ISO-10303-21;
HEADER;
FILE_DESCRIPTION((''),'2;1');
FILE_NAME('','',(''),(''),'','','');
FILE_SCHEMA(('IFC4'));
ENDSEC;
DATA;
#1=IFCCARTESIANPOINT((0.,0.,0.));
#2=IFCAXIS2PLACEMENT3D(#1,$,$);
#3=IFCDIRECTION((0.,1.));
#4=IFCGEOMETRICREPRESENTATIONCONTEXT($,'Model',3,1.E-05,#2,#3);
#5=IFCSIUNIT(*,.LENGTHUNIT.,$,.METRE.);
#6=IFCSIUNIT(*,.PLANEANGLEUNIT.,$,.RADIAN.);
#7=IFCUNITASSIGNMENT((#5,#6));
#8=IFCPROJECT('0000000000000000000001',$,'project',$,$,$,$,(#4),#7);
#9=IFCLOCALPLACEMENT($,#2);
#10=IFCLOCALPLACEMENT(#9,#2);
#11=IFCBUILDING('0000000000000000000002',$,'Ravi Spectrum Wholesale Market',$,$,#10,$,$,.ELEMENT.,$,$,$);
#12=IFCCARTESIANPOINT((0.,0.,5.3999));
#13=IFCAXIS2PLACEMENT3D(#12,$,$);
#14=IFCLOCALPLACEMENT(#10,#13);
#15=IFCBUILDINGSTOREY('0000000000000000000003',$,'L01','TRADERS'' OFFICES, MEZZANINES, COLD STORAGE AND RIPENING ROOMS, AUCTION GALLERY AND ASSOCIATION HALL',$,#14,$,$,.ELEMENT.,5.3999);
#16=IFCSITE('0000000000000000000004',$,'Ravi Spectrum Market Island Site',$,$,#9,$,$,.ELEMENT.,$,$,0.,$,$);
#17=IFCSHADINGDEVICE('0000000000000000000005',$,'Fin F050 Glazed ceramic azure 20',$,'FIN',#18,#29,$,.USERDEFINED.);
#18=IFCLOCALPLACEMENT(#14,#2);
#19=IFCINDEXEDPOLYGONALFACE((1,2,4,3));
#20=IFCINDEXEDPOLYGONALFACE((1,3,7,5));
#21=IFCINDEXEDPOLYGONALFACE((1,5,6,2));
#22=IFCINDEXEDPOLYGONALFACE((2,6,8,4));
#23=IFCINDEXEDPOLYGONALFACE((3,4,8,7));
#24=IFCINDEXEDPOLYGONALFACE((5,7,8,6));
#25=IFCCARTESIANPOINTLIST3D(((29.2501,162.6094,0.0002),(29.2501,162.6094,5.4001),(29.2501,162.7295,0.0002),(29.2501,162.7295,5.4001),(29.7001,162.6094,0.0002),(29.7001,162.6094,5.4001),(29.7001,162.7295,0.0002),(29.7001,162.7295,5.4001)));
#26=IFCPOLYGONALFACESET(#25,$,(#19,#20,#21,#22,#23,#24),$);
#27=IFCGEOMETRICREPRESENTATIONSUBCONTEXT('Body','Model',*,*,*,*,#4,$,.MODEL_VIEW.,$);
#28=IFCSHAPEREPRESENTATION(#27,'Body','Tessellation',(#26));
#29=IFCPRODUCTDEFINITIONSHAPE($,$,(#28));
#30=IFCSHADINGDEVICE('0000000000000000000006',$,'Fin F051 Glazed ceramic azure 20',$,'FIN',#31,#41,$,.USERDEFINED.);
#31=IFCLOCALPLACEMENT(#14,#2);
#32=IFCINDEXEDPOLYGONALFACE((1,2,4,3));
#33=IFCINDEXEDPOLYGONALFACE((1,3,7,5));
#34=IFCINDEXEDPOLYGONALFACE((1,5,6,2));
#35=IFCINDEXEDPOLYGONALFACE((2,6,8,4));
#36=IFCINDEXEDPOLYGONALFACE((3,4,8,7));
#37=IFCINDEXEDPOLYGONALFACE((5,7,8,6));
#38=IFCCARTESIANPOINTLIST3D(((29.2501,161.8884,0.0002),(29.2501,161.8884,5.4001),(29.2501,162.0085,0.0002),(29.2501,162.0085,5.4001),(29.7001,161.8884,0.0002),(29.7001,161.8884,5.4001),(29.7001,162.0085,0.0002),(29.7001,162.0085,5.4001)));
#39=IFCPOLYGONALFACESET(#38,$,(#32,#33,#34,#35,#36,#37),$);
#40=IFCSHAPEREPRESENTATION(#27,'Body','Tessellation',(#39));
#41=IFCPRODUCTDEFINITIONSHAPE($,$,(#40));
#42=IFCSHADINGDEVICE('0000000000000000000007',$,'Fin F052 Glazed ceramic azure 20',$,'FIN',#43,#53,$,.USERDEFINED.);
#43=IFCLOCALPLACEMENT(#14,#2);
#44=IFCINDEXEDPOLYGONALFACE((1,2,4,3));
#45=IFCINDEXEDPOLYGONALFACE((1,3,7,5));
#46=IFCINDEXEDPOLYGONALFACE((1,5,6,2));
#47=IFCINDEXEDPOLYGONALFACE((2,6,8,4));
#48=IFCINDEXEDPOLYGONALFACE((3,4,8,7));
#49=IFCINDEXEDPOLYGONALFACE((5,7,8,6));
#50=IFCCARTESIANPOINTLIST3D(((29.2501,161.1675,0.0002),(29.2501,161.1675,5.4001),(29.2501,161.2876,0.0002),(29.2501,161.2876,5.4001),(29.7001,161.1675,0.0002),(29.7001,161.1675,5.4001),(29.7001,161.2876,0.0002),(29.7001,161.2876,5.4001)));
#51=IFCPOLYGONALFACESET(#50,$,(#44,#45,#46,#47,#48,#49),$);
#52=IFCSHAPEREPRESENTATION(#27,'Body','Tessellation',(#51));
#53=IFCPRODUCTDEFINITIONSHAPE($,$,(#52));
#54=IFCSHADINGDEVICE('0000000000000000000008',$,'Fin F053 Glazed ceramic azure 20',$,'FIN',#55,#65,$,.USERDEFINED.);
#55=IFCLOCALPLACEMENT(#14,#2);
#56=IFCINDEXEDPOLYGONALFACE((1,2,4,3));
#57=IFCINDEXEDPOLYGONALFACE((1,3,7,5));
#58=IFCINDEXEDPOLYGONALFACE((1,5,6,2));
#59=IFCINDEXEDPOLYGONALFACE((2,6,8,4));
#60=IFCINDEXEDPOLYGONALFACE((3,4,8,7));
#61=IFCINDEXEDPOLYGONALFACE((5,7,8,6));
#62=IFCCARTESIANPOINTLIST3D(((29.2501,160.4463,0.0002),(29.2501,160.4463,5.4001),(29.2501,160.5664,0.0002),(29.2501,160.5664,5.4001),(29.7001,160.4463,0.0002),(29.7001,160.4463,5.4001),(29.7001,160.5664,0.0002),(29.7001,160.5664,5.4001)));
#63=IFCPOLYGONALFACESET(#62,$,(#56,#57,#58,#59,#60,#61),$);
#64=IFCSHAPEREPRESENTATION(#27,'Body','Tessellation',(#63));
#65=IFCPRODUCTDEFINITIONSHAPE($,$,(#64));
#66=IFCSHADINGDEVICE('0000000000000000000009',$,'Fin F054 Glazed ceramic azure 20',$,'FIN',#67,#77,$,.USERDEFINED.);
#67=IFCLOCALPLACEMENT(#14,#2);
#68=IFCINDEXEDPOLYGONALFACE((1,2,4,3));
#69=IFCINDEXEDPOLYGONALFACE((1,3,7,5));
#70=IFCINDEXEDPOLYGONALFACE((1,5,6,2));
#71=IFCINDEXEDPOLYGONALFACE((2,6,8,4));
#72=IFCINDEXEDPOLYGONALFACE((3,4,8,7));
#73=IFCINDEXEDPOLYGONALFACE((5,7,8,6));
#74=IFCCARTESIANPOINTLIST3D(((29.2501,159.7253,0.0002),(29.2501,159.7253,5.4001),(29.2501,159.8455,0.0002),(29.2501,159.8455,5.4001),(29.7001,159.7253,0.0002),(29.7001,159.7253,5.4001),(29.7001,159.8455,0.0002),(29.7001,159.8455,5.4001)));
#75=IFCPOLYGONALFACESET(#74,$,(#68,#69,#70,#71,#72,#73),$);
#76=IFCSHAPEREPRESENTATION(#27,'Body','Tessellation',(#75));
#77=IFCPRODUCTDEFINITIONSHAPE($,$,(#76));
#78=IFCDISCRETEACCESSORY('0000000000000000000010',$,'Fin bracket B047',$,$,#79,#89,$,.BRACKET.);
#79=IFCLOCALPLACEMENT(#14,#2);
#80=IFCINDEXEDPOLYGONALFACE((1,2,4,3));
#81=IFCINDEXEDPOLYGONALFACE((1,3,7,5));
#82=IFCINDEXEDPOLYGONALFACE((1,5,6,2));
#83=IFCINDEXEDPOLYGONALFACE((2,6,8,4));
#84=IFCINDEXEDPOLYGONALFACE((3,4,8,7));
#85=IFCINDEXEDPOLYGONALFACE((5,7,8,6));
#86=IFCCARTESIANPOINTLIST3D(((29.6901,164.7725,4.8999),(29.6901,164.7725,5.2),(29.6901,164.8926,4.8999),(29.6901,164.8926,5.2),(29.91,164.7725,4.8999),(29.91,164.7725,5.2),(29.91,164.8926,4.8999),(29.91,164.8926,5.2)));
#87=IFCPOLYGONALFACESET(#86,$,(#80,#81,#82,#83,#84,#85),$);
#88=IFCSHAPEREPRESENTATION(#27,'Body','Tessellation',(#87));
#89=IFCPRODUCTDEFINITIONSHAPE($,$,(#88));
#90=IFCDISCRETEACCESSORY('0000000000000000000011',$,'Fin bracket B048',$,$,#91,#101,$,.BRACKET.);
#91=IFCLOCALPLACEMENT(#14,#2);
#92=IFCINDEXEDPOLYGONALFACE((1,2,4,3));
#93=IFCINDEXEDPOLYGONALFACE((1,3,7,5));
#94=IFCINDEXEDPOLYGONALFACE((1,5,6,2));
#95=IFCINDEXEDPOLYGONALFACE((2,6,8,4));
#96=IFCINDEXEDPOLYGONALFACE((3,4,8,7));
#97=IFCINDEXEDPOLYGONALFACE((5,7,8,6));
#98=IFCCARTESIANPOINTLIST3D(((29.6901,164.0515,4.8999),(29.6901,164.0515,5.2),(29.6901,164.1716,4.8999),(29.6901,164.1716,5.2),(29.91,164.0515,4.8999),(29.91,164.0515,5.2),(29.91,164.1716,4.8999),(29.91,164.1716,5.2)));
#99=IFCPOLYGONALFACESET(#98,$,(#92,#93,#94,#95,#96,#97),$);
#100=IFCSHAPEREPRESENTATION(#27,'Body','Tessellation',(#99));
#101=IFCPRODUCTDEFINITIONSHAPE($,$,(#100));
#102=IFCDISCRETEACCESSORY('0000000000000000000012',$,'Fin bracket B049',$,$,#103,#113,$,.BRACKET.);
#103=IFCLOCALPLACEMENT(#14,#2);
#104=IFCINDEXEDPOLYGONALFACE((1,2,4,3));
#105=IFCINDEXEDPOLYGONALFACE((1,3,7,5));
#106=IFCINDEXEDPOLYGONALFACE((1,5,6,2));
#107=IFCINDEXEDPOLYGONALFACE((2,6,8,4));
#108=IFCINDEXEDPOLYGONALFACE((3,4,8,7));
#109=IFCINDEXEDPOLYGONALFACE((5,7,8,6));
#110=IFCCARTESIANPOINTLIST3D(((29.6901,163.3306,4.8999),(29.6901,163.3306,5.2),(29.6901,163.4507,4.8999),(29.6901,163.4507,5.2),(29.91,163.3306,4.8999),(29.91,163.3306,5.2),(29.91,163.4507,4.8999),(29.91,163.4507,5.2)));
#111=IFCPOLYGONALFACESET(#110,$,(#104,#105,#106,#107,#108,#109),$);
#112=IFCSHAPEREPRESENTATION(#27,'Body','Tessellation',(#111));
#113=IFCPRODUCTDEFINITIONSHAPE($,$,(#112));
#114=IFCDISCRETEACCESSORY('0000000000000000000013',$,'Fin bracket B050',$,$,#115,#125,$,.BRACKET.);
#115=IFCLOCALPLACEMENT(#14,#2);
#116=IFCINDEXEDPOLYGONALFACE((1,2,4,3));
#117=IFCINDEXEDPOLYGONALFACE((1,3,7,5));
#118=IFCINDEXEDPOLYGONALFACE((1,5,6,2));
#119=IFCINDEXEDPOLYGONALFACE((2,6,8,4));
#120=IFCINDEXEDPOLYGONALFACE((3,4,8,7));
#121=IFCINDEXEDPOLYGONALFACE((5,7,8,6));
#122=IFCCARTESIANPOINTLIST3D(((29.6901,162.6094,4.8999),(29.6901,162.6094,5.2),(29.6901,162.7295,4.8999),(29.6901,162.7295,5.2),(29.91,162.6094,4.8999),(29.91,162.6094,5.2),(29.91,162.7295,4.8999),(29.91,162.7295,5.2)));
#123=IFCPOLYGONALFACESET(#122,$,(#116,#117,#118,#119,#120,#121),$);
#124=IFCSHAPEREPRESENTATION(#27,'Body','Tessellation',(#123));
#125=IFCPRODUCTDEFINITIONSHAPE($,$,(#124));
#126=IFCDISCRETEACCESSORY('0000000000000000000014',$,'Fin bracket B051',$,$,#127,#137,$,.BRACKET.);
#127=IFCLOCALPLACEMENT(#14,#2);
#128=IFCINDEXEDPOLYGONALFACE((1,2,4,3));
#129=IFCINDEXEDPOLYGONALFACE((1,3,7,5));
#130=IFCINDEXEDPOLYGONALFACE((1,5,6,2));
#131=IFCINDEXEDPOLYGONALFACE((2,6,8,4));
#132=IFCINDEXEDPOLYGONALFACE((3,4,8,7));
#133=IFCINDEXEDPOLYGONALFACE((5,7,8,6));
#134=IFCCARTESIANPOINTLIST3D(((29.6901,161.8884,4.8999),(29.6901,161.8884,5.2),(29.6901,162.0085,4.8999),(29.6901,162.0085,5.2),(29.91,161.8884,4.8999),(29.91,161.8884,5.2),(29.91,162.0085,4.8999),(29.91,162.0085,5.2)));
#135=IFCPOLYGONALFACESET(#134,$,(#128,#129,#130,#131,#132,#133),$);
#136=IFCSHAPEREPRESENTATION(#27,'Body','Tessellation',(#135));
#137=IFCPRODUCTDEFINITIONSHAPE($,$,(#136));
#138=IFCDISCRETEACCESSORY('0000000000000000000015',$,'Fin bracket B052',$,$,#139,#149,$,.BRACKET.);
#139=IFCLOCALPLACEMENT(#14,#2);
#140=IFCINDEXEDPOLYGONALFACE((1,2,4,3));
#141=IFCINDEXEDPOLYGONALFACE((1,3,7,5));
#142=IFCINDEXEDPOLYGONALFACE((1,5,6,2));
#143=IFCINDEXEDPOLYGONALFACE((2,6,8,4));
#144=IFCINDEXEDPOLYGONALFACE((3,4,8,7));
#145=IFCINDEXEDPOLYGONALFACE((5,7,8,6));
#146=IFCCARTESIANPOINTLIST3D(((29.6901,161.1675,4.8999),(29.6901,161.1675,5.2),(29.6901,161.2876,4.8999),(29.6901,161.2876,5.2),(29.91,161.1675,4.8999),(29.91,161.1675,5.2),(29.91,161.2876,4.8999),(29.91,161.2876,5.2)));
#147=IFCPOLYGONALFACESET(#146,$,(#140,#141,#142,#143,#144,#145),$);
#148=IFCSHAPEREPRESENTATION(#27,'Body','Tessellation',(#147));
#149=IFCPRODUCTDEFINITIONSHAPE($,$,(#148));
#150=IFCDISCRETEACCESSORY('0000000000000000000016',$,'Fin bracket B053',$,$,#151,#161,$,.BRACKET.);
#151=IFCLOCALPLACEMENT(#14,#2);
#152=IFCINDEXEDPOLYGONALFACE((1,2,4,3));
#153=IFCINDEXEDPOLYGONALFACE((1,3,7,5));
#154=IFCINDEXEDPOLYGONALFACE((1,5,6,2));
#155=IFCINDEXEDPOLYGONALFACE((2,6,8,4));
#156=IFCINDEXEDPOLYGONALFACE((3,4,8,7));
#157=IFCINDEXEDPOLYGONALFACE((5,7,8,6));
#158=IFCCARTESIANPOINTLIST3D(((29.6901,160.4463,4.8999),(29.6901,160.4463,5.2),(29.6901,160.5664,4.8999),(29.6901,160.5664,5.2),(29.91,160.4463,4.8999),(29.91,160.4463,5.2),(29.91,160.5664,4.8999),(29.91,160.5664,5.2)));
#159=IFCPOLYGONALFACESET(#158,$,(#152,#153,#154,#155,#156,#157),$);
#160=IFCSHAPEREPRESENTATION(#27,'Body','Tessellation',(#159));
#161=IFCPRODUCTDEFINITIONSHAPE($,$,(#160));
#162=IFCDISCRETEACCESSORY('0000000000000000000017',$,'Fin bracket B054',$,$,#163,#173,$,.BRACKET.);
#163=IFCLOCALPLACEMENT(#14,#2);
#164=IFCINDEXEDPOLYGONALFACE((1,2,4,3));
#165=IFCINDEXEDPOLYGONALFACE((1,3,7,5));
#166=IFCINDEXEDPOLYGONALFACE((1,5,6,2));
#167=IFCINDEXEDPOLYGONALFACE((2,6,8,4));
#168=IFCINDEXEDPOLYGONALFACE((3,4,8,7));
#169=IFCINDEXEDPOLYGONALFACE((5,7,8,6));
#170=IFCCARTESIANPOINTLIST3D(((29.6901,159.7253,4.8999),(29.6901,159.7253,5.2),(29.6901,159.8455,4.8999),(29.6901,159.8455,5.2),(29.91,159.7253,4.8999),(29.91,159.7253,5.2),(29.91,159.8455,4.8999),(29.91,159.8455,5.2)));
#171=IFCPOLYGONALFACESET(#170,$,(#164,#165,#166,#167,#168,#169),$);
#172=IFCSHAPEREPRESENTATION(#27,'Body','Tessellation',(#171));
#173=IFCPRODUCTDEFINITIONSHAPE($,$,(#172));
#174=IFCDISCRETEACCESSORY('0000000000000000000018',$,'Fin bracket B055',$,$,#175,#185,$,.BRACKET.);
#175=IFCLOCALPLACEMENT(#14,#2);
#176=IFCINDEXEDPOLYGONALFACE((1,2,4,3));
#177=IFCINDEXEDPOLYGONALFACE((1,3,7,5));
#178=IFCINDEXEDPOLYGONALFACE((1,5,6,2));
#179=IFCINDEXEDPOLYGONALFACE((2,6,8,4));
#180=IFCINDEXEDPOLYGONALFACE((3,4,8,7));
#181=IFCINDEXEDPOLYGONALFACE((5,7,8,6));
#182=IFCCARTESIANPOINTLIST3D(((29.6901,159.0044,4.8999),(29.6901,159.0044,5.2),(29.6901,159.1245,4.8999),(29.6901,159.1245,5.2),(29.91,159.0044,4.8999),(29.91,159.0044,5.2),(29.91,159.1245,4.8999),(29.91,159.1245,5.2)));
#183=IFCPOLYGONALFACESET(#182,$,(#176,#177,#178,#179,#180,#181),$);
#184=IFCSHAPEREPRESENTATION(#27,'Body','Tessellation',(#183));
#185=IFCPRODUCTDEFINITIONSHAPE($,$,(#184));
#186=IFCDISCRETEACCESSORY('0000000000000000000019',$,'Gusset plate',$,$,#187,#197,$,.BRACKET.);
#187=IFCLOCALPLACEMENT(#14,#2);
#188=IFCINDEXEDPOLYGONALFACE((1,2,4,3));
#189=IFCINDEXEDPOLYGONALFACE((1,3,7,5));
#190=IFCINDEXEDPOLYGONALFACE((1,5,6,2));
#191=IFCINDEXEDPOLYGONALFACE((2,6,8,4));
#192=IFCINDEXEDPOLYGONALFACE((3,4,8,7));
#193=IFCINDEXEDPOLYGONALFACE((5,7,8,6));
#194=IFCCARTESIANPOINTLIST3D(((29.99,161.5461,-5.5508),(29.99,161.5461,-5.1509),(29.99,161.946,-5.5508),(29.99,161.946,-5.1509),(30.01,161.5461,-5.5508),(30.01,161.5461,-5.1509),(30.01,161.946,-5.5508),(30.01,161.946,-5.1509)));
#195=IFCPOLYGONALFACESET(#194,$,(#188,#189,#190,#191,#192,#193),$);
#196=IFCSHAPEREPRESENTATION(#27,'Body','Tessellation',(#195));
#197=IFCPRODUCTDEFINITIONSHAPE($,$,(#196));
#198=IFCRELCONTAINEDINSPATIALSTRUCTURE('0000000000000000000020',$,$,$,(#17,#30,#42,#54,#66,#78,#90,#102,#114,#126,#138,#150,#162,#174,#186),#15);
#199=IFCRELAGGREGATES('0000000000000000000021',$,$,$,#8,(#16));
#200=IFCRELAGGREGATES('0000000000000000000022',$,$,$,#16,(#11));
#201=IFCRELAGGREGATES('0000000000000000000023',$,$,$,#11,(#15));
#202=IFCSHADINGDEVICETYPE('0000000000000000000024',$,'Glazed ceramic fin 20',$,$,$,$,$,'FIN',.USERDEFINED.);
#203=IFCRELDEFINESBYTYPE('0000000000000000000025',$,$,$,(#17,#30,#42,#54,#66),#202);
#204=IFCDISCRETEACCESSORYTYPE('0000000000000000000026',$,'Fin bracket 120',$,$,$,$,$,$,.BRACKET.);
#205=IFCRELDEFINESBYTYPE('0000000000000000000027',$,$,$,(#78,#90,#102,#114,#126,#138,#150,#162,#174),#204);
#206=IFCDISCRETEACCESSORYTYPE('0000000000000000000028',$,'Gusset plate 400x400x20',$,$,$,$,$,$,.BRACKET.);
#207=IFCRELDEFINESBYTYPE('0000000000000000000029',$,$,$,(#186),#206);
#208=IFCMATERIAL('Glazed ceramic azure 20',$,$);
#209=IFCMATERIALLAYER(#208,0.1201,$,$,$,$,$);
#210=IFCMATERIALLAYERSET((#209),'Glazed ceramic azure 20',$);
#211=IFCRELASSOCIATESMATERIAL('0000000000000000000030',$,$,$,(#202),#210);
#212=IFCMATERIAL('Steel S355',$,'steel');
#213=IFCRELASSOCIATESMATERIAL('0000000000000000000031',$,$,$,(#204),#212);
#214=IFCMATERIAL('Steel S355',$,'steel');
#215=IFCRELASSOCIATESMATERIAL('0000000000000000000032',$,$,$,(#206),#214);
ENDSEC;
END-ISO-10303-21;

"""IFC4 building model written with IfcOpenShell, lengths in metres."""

from ifc_helpers import new_model, si_unit, direction, frame, origin, origin_2d, place, context, subcontext, project, spatial, rectangle, extrude, material, layer, layer_set, material_profile, profile_set, type_object, element, save


model = new_model("IFC4")

# Units and contexts
model_context = context("Model", 3, precision=1e-05, world=origin(), true_north=direction((0.0, 1.0)))
body_context = subcontext(model_context, "Body", "Model", "MODEL_VIEW")
ifc_project = project(units=[si_unit("LENGTHUNIT", "METRE"), si_unit("PLANEANGLEUNIT", "RADIAN")], contexts=[model_context])

# Site, building, storey
site_placement = place(None, origin())
site = spatial("IfcSite", under=ifc_project, at=site_placement, Name="Ravi Spectrum Market Island Site", CompositionType="ELEMENT", RefElevation=0.0)
building_placement = place(site_placement, origin())
building = spatial("IfcBuilding", under=site, at=building_placement, Name="Ravi Spectrum Wholesale Market", CompositionType="ELEMENT")
storey_placement = place(building_placement, frame((0.0, 0.0, 5.3999)))
storey = spatial("IfcBuildingStorey", under=building, at=storey_placement, Name="L01", Description="TRADERS' OFFICES, MEZZANINES, COLD STORAGE AND RIPENING ROOMS, AUCTION GALLERY AND ASSOCIATION HALL", CompositionType="ELEMENT", Elevation=5.3999)

# Shading devices
ifc_material_1 = material(Name="Glazed ceramic azure 20")
ifc_layer_1 = layer(ifc_material_1, 0.1201)
ifc_layer_set_1 = layer_set([ifc_layer_1], Name="Glazed ceramic azure 20")
shading_device_type_1 = type_object("IfcShadingDeviceType", Name="Glazed ceramic fin 20", ElementType="FIN", PredefinedType="USERDEFINED", material=ifc_layer_set_1)
for number, where, z_axis, x_axis, name in (
    (1, (29.4751, 162.6694, 0.0002), (0.0, 0.0, 1.0), (0.0, -1.0, 0.0), "Fin F050 Glazed ceramic azure 20"),
    (2, (29.4751, 161.9485, 0.0002), (0.0, 0.0, 1.0), (0.0, -1.0, 0.0), "Fin F051 Glazed ceramic azure 20"),
    (3, (29.4751, 161.2275, 0.0002), (0.0, 0.0, 1.0), (0.0, -1.0, 0.0), "Fin F052 Glazed ceramic azure 20"),
    (4, (29.4751, 160.5063, 0.0002), (0.0, 0.0, 1.0), (0.0, -1.0, 0.0), "Fin F053 Glazed ceramic azure 20"),
    (5, (29.4751, 159.7854, 0.0002), (0.0, 0.0, 1.0), (0.0, -1.0, 0.0), "Fin F054 Glazed ceramic azure 20"),
):
    element("IfcShadingDevice", number, at=place(storey_placement, frame(where, z_axis=z_axis, x_axis=x_axis)), inside=storey, type_object=shading_device_type_1, Name=name, ObjectType="FIN", PredefinedType="USERDEFINED", context=body_context, shape_type="SweptSolid", body=[
        extrude(rectangle(XDim=0.1201, YDim=0.45, at=origin_2d()), origin(), (0.0, 0.0, 1.0), 5.3999),
    ])

# Discrete accessories
ifc_material_2 = material(Name="Steel S355", Category="steel")
discrete_accessory_type_1 = type_object("IfcDiscreteAccessoryType", Name="Fin bracket 120", PredefinedType="BRACKET", material=ifc_material_2)
for number, where, z_axis, x_axis, name in (
    (6, (29.8, 164.8325, 4.8999), (0.0, 0.0, 1.0), (0.0, -1.0, 0.0), "Fin bracket B047"),
    (7, (29.8, 164.1116, 4.8999), (0.0, 0.0, 1.0), (0.0, -1.0, 0.0), "Fin bracket B048"),
    (8, (29.8, 163.3906, 4.8999), (0.0, 0.0, 1.0), (0.0, -1.0, 0.0), "Fin bracket B049"),
    (9, (29.8, 162.6694, 4.8999), (0.0, 0.0, 1.0), (0.0, -1.0, 0.0), "Fin bracket B050"),
    (10, (29.8, 161.9485, 4.8999), (0.0, 0.0, 1.0), (0.0, -1.0, 0.0), "Fin bracket B051"),
    (11, (29.8, 161.2275, 4.8999), (0.0, 0.0, 1.0), (0.0, -1.0, 0.0), "Fin bracket B052"),
    (12, (29.8, 160.5063, 4.8999), (0.0, 0.0, 1.0), (0.0, -1.0, 0.0), "Fin bracket B053"),
    (13, (29.8, 159.7854, 4.8999), (0.0, 0.0, 1.0), (0.0, -1.0, 0.0), "Fin bracket B054"),
    (14, (29.8, 159.0645, 4.8999), (0.0, 0.0, 1.0), (0.0, -1.0, 0.0), "Fin bracket B055"),
):
    element("IfcDiscreteAccessory", number, at=place(storey_placement, frame(where, z_axis=z_axis, x_axis=x_axis)), inside=storey, type_object=discrete_accessory_type_1, Name=name, PredefinedType="BRACKET", context=body_context, shape_type="SweptSolid", body=[
        extrude(rectangle(XDim=0.1201, YDim=0.22, at=origin_2d()), origin(), (0.0, 0.0, 1.0), 0.3),
    ])
ifc_material_3 = material(Name="Steel S355", Category="steel")
ifc_material_profile_1 = material_profile(ifc_material_3, rectangle(XDim=0.3999, YDim=0.02, at=origin_2d()))
ifc_profile_set_1 = profile_set([ifc_material_profile_1], Name="Steel S355")
discrete_accessory_type_2 = type_object("IfcDiscreteAccessoryType", Name="Gusset plate 400x400x20", PredefinedType="BRACKET", material=ifc_profile_set_1)
discrete_accessory_placement = place(storey_placement, frame((30.0, 161.7461, -5.5508), z_axis=(0.0, 0.0, 1.0), x_axis=(0.0, -1.0, 0.0)))
element("IfcDiscreteAccessory", 15, at=discrete_accessory_placement, inside=storey, type_object=discrete_accessory_type_2, Name="Gusset plate", PredefinedType="BRACKET", context=body_context, shape_type="SweptSolid", body=[
    extrude(rectangle(XDim=0.3999, YDim=0.02, at=origin_2d()), origin(), (0.0, 0.0, 1.0), 0.3999),
])

save(model, "model.ifc")
